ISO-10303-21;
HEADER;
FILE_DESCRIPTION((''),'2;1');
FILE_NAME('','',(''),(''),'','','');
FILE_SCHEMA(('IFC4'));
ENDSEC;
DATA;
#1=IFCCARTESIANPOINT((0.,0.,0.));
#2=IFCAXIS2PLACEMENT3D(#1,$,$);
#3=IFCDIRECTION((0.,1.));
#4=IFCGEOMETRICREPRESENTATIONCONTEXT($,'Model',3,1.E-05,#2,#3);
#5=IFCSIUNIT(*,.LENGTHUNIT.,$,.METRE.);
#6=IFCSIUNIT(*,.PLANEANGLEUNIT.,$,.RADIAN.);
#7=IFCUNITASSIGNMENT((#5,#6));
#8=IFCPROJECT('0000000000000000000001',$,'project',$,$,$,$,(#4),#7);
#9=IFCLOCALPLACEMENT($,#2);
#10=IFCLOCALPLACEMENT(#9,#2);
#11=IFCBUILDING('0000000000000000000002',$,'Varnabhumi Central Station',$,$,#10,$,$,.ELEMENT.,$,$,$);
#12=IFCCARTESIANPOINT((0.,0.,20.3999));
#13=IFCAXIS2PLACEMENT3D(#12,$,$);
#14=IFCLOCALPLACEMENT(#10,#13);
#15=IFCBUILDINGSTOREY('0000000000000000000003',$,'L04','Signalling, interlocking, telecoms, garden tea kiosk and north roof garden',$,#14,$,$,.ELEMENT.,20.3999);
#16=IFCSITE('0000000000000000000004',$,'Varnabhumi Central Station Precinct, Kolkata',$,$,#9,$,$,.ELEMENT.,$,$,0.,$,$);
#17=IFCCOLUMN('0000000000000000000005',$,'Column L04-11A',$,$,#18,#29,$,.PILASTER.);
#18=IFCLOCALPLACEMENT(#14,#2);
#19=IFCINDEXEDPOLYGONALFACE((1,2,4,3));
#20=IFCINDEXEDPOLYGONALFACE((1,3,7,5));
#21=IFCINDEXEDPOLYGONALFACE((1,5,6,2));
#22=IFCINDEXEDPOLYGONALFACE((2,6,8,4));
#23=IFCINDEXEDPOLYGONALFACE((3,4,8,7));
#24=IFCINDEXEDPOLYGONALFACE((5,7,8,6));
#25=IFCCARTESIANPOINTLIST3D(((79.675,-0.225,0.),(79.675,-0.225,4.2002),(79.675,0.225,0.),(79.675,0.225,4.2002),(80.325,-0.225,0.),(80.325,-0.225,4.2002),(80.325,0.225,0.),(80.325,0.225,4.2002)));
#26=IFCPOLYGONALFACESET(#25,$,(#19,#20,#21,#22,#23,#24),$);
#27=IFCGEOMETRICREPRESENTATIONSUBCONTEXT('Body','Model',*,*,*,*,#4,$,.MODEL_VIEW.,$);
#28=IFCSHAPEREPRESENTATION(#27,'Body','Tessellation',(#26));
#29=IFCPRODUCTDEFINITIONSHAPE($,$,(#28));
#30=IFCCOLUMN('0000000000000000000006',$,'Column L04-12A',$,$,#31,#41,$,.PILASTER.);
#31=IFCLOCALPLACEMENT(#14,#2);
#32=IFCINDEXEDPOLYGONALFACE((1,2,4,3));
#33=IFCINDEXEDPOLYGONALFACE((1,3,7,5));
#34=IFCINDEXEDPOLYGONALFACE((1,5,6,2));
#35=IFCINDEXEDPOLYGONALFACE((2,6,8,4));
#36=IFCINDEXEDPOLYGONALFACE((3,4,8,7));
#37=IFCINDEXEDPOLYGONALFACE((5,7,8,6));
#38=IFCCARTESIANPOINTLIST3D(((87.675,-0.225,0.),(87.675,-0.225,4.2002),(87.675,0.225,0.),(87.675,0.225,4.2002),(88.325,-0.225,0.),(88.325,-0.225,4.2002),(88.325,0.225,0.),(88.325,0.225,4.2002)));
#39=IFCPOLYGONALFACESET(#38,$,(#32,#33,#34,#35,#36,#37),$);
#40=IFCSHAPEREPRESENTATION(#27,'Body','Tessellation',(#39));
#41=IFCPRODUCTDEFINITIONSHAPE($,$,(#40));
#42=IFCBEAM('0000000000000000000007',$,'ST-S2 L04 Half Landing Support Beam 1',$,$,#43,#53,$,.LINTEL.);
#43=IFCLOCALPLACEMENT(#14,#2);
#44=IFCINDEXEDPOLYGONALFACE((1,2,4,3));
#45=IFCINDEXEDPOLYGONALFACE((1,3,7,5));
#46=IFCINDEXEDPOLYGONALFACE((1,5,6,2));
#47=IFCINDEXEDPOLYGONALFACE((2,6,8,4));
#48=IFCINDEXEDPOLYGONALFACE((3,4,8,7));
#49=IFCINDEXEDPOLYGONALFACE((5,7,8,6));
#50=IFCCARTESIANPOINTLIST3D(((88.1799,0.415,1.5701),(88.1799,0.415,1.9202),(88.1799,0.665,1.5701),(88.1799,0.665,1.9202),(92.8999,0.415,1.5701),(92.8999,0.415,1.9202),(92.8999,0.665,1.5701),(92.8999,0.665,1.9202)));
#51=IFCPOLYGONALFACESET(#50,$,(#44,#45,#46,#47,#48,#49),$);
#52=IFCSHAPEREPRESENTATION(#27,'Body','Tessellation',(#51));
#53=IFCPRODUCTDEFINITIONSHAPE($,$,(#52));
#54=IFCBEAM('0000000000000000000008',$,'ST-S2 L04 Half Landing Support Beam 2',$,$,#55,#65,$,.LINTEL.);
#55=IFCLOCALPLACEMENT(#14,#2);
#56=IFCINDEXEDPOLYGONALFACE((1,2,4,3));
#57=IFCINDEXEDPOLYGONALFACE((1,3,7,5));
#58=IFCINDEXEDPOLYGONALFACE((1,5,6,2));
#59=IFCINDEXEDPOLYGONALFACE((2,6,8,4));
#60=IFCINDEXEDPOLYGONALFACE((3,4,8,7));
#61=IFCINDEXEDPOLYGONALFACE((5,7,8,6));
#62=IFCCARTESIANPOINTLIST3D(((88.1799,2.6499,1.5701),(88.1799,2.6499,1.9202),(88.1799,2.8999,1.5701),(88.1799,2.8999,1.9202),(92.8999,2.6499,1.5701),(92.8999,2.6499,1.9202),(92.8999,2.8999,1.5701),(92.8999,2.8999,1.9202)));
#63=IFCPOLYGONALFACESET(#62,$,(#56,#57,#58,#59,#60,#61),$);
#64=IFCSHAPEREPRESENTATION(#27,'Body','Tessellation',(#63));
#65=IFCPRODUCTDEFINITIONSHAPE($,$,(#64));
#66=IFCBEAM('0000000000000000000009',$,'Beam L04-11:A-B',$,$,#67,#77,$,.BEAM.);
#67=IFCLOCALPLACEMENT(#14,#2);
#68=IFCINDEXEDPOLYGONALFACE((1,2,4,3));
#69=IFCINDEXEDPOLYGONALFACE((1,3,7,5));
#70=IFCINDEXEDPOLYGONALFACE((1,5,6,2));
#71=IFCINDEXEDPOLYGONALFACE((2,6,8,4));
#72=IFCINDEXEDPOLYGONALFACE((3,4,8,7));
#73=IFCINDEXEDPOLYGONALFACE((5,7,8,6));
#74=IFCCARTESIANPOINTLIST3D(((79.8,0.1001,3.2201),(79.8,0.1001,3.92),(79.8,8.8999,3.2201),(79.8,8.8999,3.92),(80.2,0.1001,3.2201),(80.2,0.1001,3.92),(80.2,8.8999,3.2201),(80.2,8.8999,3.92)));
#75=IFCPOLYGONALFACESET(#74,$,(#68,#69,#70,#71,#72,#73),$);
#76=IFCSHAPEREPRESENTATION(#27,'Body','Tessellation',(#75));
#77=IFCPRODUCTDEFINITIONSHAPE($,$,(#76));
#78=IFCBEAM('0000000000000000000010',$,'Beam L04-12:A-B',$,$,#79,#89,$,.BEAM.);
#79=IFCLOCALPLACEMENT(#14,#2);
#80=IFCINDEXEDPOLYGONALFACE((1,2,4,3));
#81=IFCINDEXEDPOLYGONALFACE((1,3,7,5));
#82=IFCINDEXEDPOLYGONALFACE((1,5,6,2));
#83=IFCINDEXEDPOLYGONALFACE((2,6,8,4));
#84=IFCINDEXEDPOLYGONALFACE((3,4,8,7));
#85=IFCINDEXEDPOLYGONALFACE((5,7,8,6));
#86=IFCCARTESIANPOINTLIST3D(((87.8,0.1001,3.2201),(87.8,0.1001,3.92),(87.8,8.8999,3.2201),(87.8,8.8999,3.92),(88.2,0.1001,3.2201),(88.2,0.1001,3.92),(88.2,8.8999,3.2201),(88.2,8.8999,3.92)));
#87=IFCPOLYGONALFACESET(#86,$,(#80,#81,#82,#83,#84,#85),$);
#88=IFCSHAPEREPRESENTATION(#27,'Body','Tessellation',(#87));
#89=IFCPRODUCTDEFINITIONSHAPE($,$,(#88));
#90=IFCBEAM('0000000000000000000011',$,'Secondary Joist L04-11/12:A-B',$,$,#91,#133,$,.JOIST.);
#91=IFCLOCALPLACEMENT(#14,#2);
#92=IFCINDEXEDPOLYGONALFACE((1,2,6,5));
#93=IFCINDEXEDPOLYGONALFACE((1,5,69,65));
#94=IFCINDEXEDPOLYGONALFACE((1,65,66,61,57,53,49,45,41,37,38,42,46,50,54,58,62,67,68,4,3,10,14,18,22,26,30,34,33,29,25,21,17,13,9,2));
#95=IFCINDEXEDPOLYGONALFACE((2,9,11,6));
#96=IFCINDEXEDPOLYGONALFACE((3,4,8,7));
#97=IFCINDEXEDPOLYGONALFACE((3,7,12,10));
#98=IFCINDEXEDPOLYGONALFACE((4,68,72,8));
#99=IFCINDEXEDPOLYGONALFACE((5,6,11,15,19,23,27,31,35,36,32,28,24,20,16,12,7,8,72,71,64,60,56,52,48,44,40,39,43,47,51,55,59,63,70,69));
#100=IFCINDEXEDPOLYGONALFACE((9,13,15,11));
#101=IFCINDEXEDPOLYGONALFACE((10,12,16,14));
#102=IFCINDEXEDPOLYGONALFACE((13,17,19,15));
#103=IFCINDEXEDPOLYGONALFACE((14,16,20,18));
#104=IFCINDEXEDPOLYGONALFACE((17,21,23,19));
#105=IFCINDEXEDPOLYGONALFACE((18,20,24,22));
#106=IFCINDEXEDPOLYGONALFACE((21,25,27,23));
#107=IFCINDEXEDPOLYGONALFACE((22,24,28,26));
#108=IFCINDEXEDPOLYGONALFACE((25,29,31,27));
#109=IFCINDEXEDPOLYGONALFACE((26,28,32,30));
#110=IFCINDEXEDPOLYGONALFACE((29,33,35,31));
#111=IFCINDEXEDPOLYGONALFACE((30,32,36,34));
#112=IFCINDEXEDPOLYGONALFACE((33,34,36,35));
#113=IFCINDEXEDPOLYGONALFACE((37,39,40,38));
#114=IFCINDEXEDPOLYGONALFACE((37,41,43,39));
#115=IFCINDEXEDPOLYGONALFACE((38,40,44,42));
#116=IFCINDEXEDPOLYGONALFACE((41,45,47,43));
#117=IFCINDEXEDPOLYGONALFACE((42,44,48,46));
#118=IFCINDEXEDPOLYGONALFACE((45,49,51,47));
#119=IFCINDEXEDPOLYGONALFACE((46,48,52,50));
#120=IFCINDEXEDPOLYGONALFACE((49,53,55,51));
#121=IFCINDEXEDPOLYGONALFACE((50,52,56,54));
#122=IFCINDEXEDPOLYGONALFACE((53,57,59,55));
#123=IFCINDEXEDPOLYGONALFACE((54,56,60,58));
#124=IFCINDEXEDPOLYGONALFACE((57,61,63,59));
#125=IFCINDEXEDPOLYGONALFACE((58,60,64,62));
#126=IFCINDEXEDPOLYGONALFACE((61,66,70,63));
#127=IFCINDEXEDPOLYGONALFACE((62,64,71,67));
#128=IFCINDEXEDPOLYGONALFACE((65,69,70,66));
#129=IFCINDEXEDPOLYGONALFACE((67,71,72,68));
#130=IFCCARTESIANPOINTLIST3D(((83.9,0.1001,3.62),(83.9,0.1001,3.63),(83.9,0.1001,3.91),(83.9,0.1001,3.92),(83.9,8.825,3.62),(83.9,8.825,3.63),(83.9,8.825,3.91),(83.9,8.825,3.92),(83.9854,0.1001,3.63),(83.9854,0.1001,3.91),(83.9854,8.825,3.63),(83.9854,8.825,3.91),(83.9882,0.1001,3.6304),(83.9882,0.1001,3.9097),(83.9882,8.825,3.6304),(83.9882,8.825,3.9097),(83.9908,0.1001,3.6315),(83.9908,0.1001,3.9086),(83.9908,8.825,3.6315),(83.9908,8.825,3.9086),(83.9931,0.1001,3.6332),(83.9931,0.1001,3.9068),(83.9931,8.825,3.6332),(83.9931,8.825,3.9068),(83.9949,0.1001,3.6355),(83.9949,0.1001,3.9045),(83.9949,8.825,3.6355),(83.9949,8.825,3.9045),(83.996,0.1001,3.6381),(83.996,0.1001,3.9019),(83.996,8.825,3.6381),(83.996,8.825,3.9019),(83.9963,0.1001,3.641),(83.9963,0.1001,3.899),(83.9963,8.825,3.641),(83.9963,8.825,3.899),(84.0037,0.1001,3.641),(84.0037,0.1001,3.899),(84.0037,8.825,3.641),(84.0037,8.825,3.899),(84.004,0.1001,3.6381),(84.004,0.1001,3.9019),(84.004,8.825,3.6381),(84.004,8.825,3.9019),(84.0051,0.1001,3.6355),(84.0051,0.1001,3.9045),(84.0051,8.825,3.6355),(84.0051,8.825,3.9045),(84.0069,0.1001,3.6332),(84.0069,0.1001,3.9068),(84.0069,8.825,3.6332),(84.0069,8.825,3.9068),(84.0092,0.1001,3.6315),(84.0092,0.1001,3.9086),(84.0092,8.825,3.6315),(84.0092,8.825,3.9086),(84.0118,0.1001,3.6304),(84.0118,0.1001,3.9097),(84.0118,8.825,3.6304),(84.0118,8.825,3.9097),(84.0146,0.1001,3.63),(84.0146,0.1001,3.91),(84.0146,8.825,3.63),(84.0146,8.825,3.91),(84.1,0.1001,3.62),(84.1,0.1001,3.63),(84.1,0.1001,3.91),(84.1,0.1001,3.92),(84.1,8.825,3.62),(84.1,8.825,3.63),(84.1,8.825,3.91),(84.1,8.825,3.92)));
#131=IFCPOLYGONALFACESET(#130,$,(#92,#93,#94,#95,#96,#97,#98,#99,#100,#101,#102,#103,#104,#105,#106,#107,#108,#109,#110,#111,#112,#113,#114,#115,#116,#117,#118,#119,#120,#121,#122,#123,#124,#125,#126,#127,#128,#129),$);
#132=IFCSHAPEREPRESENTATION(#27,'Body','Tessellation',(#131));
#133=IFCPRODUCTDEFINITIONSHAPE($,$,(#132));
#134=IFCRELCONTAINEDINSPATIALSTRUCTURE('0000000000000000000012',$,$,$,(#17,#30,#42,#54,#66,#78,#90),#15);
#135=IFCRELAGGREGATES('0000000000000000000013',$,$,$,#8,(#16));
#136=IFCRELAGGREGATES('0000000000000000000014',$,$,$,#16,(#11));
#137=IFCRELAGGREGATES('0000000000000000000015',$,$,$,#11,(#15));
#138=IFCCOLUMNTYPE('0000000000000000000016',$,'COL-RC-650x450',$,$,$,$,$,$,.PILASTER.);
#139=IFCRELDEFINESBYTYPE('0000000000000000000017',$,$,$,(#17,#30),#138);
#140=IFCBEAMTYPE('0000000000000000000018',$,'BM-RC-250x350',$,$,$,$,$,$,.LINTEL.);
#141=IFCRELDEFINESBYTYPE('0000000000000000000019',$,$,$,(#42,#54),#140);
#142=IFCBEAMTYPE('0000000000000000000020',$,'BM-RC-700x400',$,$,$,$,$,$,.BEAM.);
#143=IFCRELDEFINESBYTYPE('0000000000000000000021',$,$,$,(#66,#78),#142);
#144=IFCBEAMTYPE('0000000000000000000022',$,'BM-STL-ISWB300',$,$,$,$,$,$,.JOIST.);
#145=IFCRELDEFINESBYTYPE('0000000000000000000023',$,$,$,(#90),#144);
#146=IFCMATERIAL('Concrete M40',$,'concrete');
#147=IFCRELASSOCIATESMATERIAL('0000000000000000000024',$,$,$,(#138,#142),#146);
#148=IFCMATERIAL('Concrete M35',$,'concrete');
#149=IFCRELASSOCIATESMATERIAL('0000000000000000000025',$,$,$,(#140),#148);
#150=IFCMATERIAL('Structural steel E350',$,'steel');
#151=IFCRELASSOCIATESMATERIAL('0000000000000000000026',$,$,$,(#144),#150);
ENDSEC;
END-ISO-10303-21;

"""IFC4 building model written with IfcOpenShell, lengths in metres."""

from ifc_helpers import new_model, si_unit, direction, frame, origin, origin_2d, place, context, subcontext, project, spatial, rectangle, i_section, extrude, material, material_profile, profile_set, type_object, element, save


model = new_model("IFC4")

# Units and contexts
model_context = context("Model", 3, precision=1e-05, world=origin(), true_north=direction((0.0, 1.0)))
body_context = subcontext(model_context, "Body", "Model", "MODEL_VIEW")
ifc_project = project(units=[si_unit("LENGTHUNIT", "METRE"), si_unit("PLANEANGLEUNIT", "RADIAN")], contexts=[model_context])

# Site, building, storey
site_placement = place(None, origin())
site = spatial("IfcSite", under=ifc_project, at=site_placement, Name="Varnabhumi Central Station Precinct, Kolkata", CompositionType="ELEMENT", RefElevation=0.0)
building_placement = place(site_placement, origin())
building = spatial("IfcBuilding", under=site, at=building_placement, Name="Varnabhumi Central Station", CompositionType="ELEMENT")
storey_placement = place(building_placement, frame((0.0, 0.0, 20.3999)))
storey = spatial("IfcBuildingStorey", under=building, at=storey_placement, Name="L04", Description="Signalling, interlocking, telecoms, garden tea kiosk and north roof garden", CompositionType="ELEMENT", Elevation=20.3999)

# Columns
ifc_material_1 = material(Name="Concrete M40", Category="concrete")
ifc_material_profile_1 = material_profile(ifc_material_1, rectangle(XDim=0.6499, YDim=0.45, at=origin_2d()), Name="Concrete M40", Category="concrete")
ifc_profile_set_1 = profile_set([ifc_material_profile_1], Name="Concrete M40")
column_type = type_object("IfcColumnType", Name="COL-RC-650x450", PredefinedType="PILASTER", material=ifc_profile_set_1)
for number, where, z_axis, x_axis, name in (
    (1, (80.0, 0.0, 0.0), (0.0, 0.0, 1.0), (1.0, 0.0, 0.0), "Column L04-11A"),
    (2, (88.0, 0.0, 0.0), (0.0, 0.0, 1.0), (1.0, 0.0, 0.0), "Column L04-12A"),
):
    element("IfcColumn", number, at=place(storey_placement, frame(where, z_axis=z_axis, x_axis=x_axis)), inside=storey, type_object=column_type, Name=name, PredefinedType="PILASTER", context=body_context, shape_type="SweptSolid", body=[
        extrude(rectangle(XDim=0.6499, YDim=0.45, at=origin_2d()), origin(), (0.0, 0.0, 1.0), 4.2002),
    ])

# Beams
ifc_material_2 = material(Name="Concrete M35", Category="concrete")
ifc_material_profile_2 = material_profile(ifc_material_2, rectangle(XDim=0.25, YDim=0.3501, at=origin_2d()), Name="Concrete M35", Category="concrete")
ifc_profile_set_2 = profile_set([ifc_material_profile_2], Name="Concrete M35")
beam_type_1 = type_object("IfcBeamType", Name="BM-RC-250x350", PredefinedType="LINTEL", material=ifc_profile_set_2)
for number, where, z_axis, x_axis, name in (
    (3, (88.1799, 0.54, 1.7451), (1.0, 0.0, 0.0), (0.0, 1.0, 0.0), "ST-S2 L04 Half Landing Support Beam 1"),
    (4, (88.1799, 2.7749, 1.7451), (1.0, 0.0, 0.0), (0.0, 1.0, 0.0), "ST-S2 L04 Half Landing Support Beam 2"),
):
    element("IfcBeam", number, at=place(storey_placement, frame(where, z_axis=z_axis, x_axis=x_axis)), inside=storey, type_object=beam_type_1, Name=name, PredefinedType="LINTEL", context=body_context, shape_type="SweptSolid", body=[
        extrude(rectangle(XDim=0.25, YDim=0.3501, at=origin_2d()), origin(), (0.0, 0.0, 1.0), 4.72),
    ])
ifc_material_profile_3 = material_profile(ifc_material_1, rectangle(XDim=0.3999, YDim=0.7, at=origin_2d()), Name="Concrete M40", Category="concrete")
ifc_profile_set_3 = profile_set([ifc_material_profile_3], Name="Concrete M40")
beam_type_2 = type_object("IfcBeamType", Name="BM-RC-700x400", PredefinedType="BEAM", material=ifc_profile_set_3)
for number, where, z_axis, x_axis, name in (
    (5, (80.0, 0.1001, 3.5701), (0.0, 1.0, 0.0), (-1.0, 0.0, 0.0), "Beam L04-11:A-B"),
    (6, (88.0, 0.1001, 3.5701), (0.0, 1.0, 0.0), (-1.0, 0.0, 0.0), "Beam L04-12:A-B"),
):
    element("IfcBeam", number, at=place(storey_placement, frame(where, z_axis=z_axis, x_axis=x_axis)), inside=storey, type_object=beam_type_2, Name=name, PredefinedType="BEAM", context=body_context, shape_type="SweptSolid", body=[
        extrude(rectangle(XDim=0.3999, YDim=0.7, at=origin_2d()), origin(), (0.0, 0.0, 1.0), 8.7998),
    ])
ifc_material_3 = material(Name="Structural steel E350", Category="steel")
ifc_material_profile_4 = material_profile(ifc_material_3, i_section(OverallWidth=0.2, OverallDepth=0.3, WebThickness=0.0073, FlangeThickness=0.01, FilletRadius=0.011, at=origin_2d()), Name="Structural steel E350", Category="steel")
ifc_profile_set_4 = profile_set([ifc_material_profile_4], Name="Structural steel E350")
beam_type_3 = type_object("IfcBeamType", Name="BM-STL-ISWB300", PredefinedType="JOIST", material=ifc_profile_set_4)
beam_placement = place(storey_placement, frame((84.0, 0.1001, 3.77), z_axis=(0.0, 1.0, 0.0), x_axis=(-1.0, 0.0, 0.0)))
element("IfcBeam", 7, at=beam_placement, inside=storey, type_object=beam_type_3, Name="Secondary Joist L04-11/12:A-B", PredefinedType="JOIST", context=body_context, shape_type="SweptSolid", body=[
    extrude(i_section(OverallWidth=0.2, OverallDepth=0.3, WebThickness=0.0073, FlangeThickness=0.01, FilletRadius=0.011, at=origin_2d()), origin(), (0.0, 0.0, 1.0), 8.7249),
])

save(model, "model.ifc")
